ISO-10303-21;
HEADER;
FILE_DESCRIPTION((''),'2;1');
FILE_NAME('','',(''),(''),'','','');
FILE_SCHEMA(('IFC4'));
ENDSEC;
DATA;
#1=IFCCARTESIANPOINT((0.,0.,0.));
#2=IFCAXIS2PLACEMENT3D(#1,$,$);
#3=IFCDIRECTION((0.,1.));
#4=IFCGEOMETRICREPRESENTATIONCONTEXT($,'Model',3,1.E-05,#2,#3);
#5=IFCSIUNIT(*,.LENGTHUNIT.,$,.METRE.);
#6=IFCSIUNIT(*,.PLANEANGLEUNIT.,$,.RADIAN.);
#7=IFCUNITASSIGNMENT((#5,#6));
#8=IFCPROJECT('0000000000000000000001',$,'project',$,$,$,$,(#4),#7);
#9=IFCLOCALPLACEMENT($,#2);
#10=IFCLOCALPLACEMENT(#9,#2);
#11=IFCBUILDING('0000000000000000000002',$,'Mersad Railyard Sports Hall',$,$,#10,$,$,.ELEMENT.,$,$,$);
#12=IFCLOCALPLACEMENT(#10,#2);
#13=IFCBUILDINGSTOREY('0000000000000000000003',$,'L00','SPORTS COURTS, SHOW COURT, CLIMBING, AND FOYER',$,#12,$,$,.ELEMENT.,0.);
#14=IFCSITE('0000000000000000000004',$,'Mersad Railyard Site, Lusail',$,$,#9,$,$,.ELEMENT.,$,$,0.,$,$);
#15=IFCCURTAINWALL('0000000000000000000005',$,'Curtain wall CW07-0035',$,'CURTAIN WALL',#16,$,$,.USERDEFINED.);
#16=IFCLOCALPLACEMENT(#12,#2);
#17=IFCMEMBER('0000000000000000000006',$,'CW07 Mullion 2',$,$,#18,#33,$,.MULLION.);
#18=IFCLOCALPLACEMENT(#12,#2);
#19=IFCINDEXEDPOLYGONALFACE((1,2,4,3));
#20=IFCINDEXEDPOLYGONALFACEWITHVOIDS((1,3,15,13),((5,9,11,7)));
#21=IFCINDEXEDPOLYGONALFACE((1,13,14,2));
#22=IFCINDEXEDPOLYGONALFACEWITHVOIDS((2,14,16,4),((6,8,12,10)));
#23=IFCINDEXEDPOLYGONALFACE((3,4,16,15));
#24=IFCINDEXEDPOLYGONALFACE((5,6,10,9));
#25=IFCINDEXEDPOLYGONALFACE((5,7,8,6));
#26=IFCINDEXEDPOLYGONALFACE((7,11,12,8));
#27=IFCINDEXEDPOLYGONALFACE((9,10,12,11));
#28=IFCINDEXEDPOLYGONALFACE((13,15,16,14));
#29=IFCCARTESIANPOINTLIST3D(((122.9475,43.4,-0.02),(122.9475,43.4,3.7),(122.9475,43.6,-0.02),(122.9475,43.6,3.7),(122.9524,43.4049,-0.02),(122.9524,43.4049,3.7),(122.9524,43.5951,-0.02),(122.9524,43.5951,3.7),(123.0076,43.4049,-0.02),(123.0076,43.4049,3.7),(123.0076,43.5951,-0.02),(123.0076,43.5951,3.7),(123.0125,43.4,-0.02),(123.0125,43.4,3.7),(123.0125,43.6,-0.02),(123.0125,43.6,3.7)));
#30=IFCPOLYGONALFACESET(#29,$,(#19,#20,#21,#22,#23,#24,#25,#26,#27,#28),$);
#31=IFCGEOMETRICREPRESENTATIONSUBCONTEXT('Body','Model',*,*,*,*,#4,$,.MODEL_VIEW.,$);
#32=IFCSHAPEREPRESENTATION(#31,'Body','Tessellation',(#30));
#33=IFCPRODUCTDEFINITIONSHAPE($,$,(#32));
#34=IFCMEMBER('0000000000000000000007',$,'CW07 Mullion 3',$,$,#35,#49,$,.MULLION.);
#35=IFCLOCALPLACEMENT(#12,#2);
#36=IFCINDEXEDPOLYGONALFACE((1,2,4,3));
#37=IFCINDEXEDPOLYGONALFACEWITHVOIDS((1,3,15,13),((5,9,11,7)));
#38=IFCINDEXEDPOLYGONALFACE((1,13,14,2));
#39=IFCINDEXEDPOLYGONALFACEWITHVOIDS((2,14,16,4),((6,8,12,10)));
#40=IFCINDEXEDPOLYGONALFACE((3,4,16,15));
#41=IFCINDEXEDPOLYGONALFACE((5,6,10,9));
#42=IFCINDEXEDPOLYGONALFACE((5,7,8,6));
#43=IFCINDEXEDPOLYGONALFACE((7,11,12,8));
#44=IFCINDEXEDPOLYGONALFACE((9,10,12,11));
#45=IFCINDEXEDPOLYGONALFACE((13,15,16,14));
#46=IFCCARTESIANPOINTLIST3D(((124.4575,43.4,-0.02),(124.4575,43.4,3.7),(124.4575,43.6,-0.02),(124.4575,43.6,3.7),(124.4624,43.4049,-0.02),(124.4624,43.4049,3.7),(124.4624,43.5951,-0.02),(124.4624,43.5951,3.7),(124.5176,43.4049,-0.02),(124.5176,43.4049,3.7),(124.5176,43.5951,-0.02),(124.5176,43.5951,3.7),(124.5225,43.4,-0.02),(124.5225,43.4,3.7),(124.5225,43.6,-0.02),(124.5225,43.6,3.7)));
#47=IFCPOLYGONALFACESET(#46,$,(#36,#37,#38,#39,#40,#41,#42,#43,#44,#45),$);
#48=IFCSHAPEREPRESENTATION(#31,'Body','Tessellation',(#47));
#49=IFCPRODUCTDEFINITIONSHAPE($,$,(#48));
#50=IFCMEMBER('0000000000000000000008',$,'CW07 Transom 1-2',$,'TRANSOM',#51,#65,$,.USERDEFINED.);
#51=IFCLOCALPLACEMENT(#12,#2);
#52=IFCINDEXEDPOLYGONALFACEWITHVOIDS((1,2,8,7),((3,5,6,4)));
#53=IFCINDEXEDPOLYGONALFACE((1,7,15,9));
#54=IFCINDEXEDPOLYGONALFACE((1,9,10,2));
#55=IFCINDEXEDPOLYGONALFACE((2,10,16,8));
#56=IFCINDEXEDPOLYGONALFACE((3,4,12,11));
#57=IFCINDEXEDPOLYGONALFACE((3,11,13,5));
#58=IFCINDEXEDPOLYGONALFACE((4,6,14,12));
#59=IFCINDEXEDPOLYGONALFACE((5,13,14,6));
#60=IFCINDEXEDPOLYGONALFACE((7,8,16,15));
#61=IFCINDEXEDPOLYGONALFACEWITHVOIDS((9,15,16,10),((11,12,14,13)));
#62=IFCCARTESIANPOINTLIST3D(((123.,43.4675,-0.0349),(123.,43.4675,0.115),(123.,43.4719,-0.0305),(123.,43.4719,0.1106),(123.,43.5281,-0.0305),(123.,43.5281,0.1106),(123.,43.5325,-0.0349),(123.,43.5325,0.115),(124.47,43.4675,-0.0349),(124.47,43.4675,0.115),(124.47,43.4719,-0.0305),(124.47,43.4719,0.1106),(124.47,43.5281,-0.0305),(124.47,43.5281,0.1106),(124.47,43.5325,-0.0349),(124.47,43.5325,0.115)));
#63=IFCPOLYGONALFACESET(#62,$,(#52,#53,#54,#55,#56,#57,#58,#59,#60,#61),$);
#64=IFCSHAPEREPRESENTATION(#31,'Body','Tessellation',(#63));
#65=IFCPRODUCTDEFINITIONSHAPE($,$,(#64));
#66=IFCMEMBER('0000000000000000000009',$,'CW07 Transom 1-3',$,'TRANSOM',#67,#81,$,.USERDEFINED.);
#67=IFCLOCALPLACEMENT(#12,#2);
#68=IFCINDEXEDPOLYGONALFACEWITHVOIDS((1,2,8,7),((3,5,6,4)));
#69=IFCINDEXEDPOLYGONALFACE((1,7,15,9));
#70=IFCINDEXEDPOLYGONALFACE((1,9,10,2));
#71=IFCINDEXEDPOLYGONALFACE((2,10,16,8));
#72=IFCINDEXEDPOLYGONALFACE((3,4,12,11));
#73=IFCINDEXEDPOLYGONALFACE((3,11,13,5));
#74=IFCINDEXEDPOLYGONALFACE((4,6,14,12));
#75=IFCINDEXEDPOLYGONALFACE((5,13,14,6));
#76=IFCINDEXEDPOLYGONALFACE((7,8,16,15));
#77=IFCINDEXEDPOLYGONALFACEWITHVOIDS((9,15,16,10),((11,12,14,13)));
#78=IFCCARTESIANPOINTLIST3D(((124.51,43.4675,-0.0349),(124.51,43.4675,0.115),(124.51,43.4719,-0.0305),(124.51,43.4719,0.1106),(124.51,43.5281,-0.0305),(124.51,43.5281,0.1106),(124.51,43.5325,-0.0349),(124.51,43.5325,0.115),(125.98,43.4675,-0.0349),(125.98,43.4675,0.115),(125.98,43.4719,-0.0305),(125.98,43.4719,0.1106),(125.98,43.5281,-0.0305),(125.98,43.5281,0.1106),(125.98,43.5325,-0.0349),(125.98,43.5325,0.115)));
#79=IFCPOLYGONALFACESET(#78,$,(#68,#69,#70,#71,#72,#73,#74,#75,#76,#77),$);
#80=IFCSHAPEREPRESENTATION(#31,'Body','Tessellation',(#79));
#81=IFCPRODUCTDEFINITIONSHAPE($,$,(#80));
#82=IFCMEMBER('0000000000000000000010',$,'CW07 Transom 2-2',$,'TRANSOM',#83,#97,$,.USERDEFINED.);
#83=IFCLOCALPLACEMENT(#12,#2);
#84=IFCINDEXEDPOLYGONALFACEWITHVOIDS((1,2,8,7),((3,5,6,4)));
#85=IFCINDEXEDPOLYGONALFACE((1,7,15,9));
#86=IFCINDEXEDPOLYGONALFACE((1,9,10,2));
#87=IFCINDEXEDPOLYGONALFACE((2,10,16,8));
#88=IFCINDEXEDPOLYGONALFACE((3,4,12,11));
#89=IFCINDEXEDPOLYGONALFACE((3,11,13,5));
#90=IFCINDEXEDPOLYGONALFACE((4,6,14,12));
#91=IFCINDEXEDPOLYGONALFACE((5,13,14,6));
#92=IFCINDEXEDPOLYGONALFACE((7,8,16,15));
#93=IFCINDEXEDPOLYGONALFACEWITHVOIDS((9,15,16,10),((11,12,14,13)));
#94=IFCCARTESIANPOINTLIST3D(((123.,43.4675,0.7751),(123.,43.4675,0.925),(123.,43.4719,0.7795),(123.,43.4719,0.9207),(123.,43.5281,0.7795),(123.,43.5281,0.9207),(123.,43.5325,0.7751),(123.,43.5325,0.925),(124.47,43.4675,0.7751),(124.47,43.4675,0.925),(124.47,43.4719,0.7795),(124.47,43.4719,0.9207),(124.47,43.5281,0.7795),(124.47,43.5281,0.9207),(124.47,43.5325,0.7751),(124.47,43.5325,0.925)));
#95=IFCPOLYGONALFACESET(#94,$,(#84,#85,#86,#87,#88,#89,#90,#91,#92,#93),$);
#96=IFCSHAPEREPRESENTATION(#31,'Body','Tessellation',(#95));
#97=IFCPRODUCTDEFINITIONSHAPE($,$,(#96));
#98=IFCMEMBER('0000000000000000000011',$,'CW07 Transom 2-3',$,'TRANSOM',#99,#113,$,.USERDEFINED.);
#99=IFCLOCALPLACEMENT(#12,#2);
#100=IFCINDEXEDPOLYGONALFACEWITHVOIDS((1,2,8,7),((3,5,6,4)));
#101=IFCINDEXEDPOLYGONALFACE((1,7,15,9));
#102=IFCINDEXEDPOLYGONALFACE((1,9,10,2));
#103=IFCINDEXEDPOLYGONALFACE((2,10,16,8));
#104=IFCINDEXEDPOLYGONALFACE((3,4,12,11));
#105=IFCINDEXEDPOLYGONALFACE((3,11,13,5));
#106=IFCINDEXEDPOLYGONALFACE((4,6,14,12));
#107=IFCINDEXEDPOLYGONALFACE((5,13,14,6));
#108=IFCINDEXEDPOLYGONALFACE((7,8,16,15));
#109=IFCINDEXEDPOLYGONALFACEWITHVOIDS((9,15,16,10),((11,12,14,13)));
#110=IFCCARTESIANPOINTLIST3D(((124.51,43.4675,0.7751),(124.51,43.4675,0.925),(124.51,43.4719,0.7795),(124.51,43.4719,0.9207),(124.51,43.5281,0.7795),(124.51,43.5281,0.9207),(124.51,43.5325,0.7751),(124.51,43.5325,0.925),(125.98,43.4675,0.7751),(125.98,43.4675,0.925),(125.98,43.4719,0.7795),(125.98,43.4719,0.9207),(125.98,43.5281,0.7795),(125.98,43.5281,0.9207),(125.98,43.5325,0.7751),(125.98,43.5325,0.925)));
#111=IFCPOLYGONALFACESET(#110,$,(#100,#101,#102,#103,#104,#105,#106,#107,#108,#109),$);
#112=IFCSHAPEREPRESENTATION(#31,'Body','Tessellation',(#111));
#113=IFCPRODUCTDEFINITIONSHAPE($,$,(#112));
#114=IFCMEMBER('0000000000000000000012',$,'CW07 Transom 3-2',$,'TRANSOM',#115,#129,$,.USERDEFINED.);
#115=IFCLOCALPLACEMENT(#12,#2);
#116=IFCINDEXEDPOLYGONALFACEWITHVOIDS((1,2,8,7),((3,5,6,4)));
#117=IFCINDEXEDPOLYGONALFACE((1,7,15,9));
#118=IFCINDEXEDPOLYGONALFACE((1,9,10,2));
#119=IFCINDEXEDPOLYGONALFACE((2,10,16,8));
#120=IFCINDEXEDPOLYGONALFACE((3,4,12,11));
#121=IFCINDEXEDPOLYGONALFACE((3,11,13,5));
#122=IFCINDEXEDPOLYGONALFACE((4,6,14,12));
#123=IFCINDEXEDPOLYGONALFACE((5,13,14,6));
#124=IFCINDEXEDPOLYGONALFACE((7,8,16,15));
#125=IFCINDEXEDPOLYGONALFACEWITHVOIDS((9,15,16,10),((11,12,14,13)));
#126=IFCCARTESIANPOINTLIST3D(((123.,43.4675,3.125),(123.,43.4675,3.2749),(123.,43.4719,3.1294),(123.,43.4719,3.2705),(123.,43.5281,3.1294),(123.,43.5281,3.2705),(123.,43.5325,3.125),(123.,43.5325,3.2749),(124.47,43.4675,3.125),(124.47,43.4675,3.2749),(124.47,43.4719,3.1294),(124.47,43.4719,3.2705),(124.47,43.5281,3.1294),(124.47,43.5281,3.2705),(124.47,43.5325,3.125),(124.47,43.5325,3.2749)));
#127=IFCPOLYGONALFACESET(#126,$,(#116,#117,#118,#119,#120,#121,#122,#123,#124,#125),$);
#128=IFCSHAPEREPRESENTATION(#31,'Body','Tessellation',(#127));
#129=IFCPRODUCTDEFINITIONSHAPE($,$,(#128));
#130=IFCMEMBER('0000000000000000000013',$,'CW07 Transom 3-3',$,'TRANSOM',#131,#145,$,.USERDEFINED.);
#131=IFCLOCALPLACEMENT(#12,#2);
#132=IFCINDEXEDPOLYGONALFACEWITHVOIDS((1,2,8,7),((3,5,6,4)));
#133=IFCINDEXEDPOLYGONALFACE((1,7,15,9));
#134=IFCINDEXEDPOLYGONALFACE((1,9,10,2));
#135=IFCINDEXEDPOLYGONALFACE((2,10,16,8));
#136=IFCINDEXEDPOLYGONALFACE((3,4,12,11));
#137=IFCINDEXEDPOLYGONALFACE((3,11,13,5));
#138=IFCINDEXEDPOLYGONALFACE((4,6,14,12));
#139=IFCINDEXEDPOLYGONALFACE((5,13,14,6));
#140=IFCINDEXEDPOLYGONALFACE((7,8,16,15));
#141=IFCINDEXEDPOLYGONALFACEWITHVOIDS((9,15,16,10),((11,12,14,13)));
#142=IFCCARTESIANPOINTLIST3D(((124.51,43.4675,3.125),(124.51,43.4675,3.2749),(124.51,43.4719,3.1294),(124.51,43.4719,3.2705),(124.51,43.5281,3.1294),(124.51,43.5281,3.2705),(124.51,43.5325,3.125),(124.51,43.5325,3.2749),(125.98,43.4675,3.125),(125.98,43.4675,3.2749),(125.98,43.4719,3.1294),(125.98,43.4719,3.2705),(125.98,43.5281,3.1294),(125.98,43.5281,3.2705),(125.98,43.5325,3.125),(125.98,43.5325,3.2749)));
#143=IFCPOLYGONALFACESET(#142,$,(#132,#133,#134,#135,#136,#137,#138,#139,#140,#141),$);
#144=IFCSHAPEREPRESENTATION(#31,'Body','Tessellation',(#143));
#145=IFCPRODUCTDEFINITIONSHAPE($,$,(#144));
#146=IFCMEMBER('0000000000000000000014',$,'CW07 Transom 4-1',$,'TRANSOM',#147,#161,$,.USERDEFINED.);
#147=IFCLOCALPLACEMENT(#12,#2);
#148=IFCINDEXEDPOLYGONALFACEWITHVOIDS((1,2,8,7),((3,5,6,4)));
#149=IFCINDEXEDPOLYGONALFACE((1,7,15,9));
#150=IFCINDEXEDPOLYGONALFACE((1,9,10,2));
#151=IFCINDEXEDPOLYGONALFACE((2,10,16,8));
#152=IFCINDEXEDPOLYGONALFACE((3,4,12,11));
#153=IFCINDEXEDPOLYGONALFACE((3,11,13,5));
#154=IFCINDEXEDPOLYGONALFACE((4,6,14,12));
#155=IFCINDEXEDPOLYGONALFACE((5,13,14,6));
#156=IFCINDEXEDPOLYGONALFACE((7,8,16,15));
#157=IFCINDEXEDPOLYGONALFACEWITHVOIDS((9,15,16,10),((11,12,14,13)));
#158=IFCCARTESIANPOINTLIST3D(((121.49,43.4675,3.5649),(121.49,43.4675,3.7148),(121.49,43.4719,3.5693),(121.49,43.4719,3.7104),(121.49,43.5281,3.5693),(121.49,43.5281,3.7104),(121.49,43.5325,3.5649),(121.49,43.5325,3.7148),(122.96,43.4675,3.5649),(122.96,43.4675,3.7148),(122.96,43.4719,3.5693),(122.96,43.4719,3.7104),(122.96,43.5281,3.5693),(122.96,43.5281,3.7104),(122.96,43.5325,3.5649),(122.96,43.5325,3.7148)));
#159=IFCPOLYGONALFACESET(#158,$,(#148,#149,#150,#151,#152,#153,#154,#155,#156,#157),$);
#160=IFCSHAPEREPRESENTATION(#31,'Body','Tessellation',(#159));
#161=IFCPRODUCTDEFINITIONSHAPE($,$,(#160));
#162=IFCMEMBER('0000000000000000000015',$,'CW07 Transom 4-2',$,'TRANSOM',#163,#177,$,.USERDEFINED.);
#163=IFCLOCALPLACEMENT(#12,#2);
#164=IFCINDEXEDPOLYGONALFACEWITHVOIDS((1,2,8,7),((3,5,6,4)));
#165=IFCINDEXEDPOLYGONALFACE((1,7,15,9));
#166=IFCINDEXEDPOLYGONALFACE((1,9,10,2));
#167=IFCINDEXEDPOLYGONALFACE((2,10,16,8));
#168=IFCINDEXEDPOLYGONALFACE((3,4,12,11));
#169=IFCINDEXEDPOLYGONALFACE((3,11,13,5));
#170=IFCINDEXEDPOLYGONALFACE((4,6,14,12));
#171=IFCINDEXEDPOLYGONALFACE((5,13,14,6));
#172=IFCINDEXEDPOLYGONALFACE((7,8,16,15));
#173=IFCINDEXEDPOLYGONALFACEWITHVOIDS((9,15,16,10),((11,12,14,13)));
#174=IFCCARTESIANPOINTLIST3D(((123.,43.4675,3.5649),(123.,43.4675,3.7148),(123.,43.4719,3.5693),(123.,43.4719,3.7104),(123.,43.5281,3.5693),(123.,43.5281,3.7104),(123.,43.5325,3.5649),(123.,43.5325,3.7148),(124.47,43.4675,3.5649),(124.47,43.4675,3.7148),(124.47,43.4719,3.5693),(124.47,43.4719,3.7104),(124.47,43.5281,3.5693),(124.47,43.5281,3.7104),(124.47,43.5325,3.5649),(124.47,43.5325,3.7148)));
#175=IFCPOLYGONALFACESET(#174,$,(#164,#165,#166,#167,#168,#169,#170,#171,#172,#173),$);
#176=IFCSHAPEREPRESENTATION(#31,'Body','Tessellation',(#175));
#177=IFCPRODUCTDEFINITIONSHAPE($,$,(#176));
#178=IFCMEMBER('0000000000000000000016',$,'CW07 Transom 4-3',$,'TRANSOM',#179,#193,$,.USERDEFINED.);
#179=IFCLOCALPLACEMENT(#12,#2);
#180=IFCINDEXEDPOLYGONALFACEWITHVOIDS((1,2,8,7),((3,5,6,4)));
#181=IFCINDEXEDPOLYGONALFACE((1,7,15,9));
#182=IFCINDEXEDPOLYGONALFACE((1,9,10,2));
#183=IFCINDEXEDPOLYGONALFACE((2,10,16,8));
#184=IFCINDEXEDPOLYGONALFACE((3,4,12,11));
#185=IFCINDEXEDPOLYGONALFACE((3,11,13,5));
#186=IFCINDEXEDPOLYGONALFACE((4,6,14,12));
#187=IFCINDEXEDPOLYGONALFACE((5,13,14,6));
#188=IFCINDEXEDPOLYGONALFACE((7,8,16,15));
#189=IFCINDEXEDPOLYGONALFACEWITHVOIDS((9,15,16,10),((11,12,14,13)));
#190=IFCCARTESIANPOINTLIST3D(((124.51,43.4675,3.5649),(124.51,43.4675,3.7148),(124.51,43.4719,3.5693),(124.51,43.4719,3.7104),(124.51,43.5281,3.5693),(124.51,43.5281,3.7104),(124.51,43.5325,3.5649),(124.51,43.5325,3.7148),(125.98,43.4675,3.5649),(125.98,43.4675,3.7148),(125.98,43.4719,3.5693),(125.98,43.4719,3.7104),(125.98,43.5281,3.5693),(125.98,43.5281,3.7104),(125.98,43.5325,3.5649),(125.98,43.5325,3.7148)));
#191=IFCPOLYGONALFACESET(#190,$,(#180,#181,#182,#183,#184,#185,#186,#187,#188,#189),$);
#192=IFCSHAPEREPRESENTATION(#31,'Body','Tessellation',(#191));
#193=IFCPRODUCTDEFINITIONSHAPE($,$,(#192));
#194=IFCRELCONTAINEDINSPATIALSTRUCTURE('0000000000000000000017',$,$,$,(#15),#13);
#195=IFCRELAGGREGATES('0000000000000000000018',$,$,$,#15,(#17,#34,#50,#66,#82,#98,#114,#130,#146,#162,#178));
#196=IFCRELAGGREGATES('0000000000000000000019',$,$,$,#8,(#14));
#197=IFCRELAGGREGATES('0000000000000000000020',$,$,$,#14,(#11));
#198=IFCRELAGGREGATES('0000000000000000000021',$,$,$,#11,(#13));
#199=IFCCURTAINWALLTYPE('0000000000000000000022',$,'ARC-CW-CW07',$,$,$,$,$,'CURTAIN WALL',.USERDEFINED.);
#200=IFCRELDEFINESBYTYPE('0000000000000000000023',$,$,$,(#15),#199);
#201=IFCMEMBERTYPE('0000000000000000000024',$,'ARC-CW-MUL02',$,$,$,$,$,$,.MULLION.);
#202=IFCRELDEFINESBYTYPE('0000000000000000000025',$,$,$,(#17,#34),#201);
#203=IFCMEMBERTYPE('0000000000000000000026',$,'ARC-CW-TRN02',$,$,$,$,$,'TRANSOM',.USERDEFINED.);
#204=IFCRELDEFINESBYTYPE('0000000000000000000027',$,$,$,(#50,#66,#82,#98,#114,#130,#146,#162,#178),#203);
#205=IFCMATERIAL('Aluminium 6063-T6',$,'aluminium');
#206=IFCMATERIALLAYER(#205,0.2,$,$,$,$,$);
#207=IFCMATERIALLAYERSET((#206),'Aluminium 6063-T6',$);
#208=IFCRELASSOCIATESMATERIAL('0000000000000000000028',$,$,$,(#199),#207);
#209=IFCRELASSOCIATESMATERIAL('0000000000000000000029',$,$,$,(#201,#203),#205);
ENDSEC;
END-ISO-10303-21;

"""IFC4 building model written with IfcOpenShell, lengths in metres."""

from ifc_helpers import new_model, si_unit, direction, frame, origin, origin_2d, place, context, subcontext, project, spatial, hollow_rectangle, extrude, material, layer, layer_set, material_profile, profile_set, type_object, element, aggregate, save


model = new_model("IFC4")

# Units and contexts
model_context = context("Model", 3, precision=1e-05, world=origin(), true_north=direction((0.0, 1.0)))
body_context = subcontext(model_context, "Body", "Model", "MODEL_VIEW")
ifc_project = project(units=[si_unit("LENGTHUNIT", "METRE"), si_unit("PLANEANGLEUNIT", "RADIAN")], contexts=[model_context])

# Site, building, storey
site_placement = place(None, origin())
site = spatial("IfcSite", under=ifc_project, at=site_placement, Name="Mersad Railyard Site, Lusail", CompositionType="ELEMENT", RefElevation=0.0)
building_placement = place(site_placement, origin())
building = spatial("IfcBuilding", under=site, at=building_placement, Name="Mersad Railyard Sports Hall", CompositionType="ELEMENT")
storey_placement = place(building_placement, origin())
storey = spatial("IfcBuildingStorey", under=building, at=storey_placement, Name="L00", Description="SPORTS COURTS, SHOW COURT, CLIMBING, AND FOYER", CompositionType="ELEMENT", Elevation=0.0)

# Curtain wall, members
ifc_material_1 = material(Name="Aluminium 6063-T6", Category="aluminium")
ifc_layer_1 = layer(ifc_material_1, 0.2)
ifc_layer_set_1 = layer_set([ifc_layer_1], Name="Aluminium 6063-T6")
curtain_wall_type = type_object("IfcCurtainWallType", Name="ARC-CW-CW07", ElementType="CURTAIN WALL", PredefinedType="USERDEFINED", material=ifc_layer_set_1)
curtain_wall_placement = place(storey_placement, origin())
curtain_wall = element("IfcCurtainWall", 1, at=curtain_wall_placement, inside=storey, type_object=curtain_wall_type, Name="Curtain wall CW07-0035", ObjectType="CURTAIN WALL", PredefinedType="USERDEFINED")
ifc_material_profile_1 = material_profile(ifc_material_1, hollow_rectangle(XDim=0.0649, YDim=0.2, WallThickness=0.0049, at=origin_2d()), Name="AL MULLION 65x200x5")
ifc_profile_set_1 = profile_set([ifc_material_profile_1], Name="Aluminium 6063-T6")
member_type_1 = type_object("IfcMemberType", Name="ARC-CW-MUL02", PredefinedType="MULLION", material=ifc_profile_set_1)
member_1_placement = place(storey_placement, frame((122.98, 43.5, -0.02), z_axis=(0.0, 0.0, 1.0), x_axis=(1.0, 0.0, 0.0)))
member_1 = element("IfcMember", 2, at=member_1_placement, type_object=member_type_1, Name="CW07 Mullion 2", PredefinedType="MULLION", context=body_context, shape_type="SweptSolid", body=[
    extrude(hollow_rectangle(XDim=0.0649, YDim=0.2, WallThickness=0.0049, at=origin_2d()), origin(), (0.0, 0.0, 1.0), 3.72),
])
member_2_placement = place(storey_placement, frame((124.49, 43.5, -0.02), z_axis=(0.0, 0.0, 1.0), x_axis=(1.0, 0.0, 0.0)))
member_2 = element("IfcMember", 3, at=member_2_placement, type_object=member_type_1, Name="CW07 Mullion 3", PredefinedType="MULLION", context=body_context, shape_type="SweptSolid", body=[
    extrude(hollow_rectangle(XDim=0.0649, YDim=0.2, WallThickness=0.0049, at=origin_2d()), origin(), (0.0, 0.0, 1.0), 3.72),
])
ifc_material_profile_2 = material_profile(ifc_material_1, hollow_rectangle(XDim=0.0649, YDim=0.1499, WallThickness=0.0044, at=origin_2d()), Name="AL TRANSOM 65x150x4.5")
ifc_profile_set_2 = profile_set([ifc_material_profile_2], Name="Aluminium 6063-T6")
member_type_2 = type_object("IfcMemberType", Name="ARC-CW-TRN02", ElementType="TRANSOM", PredefinedType="USERDEFINED", material=ifc_profile_set_2)
member_3_placement = place(storey_placement, frame((123.0, 43.5, 0.04), z_axis=(1.0, 0.0, 0.0), x_axis=(0.0, 1.0, 0.0)))
member_3 = element("IfcMember", 4, at=member_3_placement, type_object=member_type_2, Name="CW07 Transom 1-2", ObjectType="TRANSOM", PredefinedType="USERDEFINED", context=body_context, shape_type="SweptSolid", body=[
    extrude(hollow_rectangle(XDim=0.0649, YDim=0.1499, WallThickness=0.0044, at=origin_2d()), origin(), (0.0, 0.0, 1.0), 1.47),
])
member_4_placement = place(storey_placement, frame((124.51, 43.5, 0.04), z_axis=(1.0, 0.0, 0.0), x_axis=(0.0, 1.0, 0.0)))
member_4 = element("IfcMember", 5, at=member_4_placement, type_object=member_type_2, Name="CW07 Transom 1-3", ObjectType="TRANSOM", PredefinedType="USERDEFINED", context=body_context, shape_type="SweptSolid", body=[
    extrude(hollow_rectangle(XDim=0.0649, YDim=0.1499, WallThickness=0.0044, at=origin_2d()), origin(), (0.0, 0.0, 1.0), 1.47),
])
member_5_placement = place(storey_placement, frame((123.0, 43.5, 0.8501), z_axis=(1.0, 0.0, 0.0), x_axis=(0.0, 1.0, 0.0)))
member_5 = element("IfcMember", 6, at=member_5_placement, type_object=member_type_2, Name="CW07 Transom 2-2", ObjectType="TRANSOM", PredefinedType="USERDEFINED", context=body_context, shape_type="SweptSolid", body=[
    extrude(hollow_rectangle(XDim=0.0649, YDim=0.1499, WallThickness=0.0044, at=origin_2d()), origin(), (0.0, 0.0, 1.0), 1.47),
])
member_6_placement = place(storey_placement, frame((124.51, 43.5, 0.8501), z_axis=(1.0, 0.0, 0.0), x_axis=(0.0, 1.0, 0.0)))
member_6 = element("IfcMember", 7, at=member_6_placement, type_object=member_type_2, Name="CW07 Transom 2-3", ObjectType="TRANSOM", PredefinedType="USERDEFINED", context=body_context, shape_type="SweptSolid", body=[
    extrude(hollow_rectangle(XDim=0.0649, YDim=0.1499, WallThickness=0.0044, at=origin_2d()), origin(), (0.0, 0.0, 1.0), 1.47),
])
member_7_placement = place(storey_placement, frame((123.0, 43.5, 3.2), z_axis=(1.0, 0.0, 0.0), x_axis=(0.0, 1.0, 0.0)))
member_7 = element("IfcMember", 8, at=member_7_placement, type_object=member_type_2, Name="CW07 Transom 3-2", ObjectType="TRANSOM", PredefinedType="USERDEFINED", context=body_context, shape_type="SweptSolid", body=[
    extrude(hollow_rectangle(XDim=0.0649, YDim=0.1499, WallThickness=0.0044, at=origin_2d()), origin(), (0.0, 0.0, 1.0), 1.47),
])
member_8_placement = place(storey_placement, frame((124.51, 43.5, 3.2), z_axis=(1.0, 0.0, 0.0), x_axis=(0.0, 1.0, 0.0)))
member_8 = element("IfcMember", 9, at=member_8_placement, type_object=member_type_2, Name="CW07 Transom 3-3", ObjectType="TRANSOM", PredefinedType="USERDEFINED", context=body_context, shape_type="SweptSolid", body=[
    extrude(hollow_rectangle(XDim=0.0649, YDim=0.1499, WallThickness=0.0044, at=origin_2d()), origin(), (0.0, 0.0, 1.0), 1.47),
])
member_9_placement = place(storey_placement, frame((121.49, 43.5, 3.6399), z_axis=(1.0, 0.0, 0.0), x_axis=(0.0, 1.0, 0.0)))
member_9 = element("IfcMember", 10, at=member_9_placement, type_object=member_type_2, Name="CW07 Transom 4-1", ObjectType="TRANSOM", PredefinedType="USERDEFINED", context=body_context, shape_type="SweptSolid", body=[
    extrude(hollow_rectangle(XDim=0.0649, YDim=0.1499, WallThickness=0.0044, at=origin_2d()), origin(), (0.0, 0.0, 1.0), 1.47),
])
member_10_placement = place(storey_placement, frame((123.0, 43.5, 3.6399), z_axis=(1.0, 0.0, 0.0), x_axis=(0.0, 1.0, 0.0)))
member_10 = element("IfcMember", 11, at=member_10_placement, type_object=member_type_2, Name="CW07 Transom 4-2", ObjectType="TRANSOM", PredefinedType="USERDEFINED", context=body_context, shape_type="SweptSolid", body=[
    extrude(hollow_rectangle(XDim=0.0649, YDim=0.1499, WallThickness=0.0044, at=origin_2d()), origin(), (0.0, 0.0, 1.0), 1.47),
])
member_11_placement = place(storey_placement, frame((124.51, 43.5, 3.6399), z_axis=(1.0, 0.0, 0.0), x_axis=(0.0, 1.0, 0.0)))
member_11 = element("IfcMember", 12, at=member_11_placement, type_object=member_type_2, Name="CW07 Transom 4-3", ObjectType="TRANSOM", PredefinedType="USERDEFINED", context=body_context, shape_type="SweptSolid", body=[
    extrude(hollow_rectangle(XDim=0.0649, YDim=0.1499, WallThickness=0.0044, at=origin_2d()), origin(), (0.0, 0.0, 1.0), 1.47),
])
aggregate(curtain_wall, [member_1, member_2, member_3, member_4, member_5, member_6, member_7, member_8, member_9, member_10, member_11])

save(model, "model.ifc")
